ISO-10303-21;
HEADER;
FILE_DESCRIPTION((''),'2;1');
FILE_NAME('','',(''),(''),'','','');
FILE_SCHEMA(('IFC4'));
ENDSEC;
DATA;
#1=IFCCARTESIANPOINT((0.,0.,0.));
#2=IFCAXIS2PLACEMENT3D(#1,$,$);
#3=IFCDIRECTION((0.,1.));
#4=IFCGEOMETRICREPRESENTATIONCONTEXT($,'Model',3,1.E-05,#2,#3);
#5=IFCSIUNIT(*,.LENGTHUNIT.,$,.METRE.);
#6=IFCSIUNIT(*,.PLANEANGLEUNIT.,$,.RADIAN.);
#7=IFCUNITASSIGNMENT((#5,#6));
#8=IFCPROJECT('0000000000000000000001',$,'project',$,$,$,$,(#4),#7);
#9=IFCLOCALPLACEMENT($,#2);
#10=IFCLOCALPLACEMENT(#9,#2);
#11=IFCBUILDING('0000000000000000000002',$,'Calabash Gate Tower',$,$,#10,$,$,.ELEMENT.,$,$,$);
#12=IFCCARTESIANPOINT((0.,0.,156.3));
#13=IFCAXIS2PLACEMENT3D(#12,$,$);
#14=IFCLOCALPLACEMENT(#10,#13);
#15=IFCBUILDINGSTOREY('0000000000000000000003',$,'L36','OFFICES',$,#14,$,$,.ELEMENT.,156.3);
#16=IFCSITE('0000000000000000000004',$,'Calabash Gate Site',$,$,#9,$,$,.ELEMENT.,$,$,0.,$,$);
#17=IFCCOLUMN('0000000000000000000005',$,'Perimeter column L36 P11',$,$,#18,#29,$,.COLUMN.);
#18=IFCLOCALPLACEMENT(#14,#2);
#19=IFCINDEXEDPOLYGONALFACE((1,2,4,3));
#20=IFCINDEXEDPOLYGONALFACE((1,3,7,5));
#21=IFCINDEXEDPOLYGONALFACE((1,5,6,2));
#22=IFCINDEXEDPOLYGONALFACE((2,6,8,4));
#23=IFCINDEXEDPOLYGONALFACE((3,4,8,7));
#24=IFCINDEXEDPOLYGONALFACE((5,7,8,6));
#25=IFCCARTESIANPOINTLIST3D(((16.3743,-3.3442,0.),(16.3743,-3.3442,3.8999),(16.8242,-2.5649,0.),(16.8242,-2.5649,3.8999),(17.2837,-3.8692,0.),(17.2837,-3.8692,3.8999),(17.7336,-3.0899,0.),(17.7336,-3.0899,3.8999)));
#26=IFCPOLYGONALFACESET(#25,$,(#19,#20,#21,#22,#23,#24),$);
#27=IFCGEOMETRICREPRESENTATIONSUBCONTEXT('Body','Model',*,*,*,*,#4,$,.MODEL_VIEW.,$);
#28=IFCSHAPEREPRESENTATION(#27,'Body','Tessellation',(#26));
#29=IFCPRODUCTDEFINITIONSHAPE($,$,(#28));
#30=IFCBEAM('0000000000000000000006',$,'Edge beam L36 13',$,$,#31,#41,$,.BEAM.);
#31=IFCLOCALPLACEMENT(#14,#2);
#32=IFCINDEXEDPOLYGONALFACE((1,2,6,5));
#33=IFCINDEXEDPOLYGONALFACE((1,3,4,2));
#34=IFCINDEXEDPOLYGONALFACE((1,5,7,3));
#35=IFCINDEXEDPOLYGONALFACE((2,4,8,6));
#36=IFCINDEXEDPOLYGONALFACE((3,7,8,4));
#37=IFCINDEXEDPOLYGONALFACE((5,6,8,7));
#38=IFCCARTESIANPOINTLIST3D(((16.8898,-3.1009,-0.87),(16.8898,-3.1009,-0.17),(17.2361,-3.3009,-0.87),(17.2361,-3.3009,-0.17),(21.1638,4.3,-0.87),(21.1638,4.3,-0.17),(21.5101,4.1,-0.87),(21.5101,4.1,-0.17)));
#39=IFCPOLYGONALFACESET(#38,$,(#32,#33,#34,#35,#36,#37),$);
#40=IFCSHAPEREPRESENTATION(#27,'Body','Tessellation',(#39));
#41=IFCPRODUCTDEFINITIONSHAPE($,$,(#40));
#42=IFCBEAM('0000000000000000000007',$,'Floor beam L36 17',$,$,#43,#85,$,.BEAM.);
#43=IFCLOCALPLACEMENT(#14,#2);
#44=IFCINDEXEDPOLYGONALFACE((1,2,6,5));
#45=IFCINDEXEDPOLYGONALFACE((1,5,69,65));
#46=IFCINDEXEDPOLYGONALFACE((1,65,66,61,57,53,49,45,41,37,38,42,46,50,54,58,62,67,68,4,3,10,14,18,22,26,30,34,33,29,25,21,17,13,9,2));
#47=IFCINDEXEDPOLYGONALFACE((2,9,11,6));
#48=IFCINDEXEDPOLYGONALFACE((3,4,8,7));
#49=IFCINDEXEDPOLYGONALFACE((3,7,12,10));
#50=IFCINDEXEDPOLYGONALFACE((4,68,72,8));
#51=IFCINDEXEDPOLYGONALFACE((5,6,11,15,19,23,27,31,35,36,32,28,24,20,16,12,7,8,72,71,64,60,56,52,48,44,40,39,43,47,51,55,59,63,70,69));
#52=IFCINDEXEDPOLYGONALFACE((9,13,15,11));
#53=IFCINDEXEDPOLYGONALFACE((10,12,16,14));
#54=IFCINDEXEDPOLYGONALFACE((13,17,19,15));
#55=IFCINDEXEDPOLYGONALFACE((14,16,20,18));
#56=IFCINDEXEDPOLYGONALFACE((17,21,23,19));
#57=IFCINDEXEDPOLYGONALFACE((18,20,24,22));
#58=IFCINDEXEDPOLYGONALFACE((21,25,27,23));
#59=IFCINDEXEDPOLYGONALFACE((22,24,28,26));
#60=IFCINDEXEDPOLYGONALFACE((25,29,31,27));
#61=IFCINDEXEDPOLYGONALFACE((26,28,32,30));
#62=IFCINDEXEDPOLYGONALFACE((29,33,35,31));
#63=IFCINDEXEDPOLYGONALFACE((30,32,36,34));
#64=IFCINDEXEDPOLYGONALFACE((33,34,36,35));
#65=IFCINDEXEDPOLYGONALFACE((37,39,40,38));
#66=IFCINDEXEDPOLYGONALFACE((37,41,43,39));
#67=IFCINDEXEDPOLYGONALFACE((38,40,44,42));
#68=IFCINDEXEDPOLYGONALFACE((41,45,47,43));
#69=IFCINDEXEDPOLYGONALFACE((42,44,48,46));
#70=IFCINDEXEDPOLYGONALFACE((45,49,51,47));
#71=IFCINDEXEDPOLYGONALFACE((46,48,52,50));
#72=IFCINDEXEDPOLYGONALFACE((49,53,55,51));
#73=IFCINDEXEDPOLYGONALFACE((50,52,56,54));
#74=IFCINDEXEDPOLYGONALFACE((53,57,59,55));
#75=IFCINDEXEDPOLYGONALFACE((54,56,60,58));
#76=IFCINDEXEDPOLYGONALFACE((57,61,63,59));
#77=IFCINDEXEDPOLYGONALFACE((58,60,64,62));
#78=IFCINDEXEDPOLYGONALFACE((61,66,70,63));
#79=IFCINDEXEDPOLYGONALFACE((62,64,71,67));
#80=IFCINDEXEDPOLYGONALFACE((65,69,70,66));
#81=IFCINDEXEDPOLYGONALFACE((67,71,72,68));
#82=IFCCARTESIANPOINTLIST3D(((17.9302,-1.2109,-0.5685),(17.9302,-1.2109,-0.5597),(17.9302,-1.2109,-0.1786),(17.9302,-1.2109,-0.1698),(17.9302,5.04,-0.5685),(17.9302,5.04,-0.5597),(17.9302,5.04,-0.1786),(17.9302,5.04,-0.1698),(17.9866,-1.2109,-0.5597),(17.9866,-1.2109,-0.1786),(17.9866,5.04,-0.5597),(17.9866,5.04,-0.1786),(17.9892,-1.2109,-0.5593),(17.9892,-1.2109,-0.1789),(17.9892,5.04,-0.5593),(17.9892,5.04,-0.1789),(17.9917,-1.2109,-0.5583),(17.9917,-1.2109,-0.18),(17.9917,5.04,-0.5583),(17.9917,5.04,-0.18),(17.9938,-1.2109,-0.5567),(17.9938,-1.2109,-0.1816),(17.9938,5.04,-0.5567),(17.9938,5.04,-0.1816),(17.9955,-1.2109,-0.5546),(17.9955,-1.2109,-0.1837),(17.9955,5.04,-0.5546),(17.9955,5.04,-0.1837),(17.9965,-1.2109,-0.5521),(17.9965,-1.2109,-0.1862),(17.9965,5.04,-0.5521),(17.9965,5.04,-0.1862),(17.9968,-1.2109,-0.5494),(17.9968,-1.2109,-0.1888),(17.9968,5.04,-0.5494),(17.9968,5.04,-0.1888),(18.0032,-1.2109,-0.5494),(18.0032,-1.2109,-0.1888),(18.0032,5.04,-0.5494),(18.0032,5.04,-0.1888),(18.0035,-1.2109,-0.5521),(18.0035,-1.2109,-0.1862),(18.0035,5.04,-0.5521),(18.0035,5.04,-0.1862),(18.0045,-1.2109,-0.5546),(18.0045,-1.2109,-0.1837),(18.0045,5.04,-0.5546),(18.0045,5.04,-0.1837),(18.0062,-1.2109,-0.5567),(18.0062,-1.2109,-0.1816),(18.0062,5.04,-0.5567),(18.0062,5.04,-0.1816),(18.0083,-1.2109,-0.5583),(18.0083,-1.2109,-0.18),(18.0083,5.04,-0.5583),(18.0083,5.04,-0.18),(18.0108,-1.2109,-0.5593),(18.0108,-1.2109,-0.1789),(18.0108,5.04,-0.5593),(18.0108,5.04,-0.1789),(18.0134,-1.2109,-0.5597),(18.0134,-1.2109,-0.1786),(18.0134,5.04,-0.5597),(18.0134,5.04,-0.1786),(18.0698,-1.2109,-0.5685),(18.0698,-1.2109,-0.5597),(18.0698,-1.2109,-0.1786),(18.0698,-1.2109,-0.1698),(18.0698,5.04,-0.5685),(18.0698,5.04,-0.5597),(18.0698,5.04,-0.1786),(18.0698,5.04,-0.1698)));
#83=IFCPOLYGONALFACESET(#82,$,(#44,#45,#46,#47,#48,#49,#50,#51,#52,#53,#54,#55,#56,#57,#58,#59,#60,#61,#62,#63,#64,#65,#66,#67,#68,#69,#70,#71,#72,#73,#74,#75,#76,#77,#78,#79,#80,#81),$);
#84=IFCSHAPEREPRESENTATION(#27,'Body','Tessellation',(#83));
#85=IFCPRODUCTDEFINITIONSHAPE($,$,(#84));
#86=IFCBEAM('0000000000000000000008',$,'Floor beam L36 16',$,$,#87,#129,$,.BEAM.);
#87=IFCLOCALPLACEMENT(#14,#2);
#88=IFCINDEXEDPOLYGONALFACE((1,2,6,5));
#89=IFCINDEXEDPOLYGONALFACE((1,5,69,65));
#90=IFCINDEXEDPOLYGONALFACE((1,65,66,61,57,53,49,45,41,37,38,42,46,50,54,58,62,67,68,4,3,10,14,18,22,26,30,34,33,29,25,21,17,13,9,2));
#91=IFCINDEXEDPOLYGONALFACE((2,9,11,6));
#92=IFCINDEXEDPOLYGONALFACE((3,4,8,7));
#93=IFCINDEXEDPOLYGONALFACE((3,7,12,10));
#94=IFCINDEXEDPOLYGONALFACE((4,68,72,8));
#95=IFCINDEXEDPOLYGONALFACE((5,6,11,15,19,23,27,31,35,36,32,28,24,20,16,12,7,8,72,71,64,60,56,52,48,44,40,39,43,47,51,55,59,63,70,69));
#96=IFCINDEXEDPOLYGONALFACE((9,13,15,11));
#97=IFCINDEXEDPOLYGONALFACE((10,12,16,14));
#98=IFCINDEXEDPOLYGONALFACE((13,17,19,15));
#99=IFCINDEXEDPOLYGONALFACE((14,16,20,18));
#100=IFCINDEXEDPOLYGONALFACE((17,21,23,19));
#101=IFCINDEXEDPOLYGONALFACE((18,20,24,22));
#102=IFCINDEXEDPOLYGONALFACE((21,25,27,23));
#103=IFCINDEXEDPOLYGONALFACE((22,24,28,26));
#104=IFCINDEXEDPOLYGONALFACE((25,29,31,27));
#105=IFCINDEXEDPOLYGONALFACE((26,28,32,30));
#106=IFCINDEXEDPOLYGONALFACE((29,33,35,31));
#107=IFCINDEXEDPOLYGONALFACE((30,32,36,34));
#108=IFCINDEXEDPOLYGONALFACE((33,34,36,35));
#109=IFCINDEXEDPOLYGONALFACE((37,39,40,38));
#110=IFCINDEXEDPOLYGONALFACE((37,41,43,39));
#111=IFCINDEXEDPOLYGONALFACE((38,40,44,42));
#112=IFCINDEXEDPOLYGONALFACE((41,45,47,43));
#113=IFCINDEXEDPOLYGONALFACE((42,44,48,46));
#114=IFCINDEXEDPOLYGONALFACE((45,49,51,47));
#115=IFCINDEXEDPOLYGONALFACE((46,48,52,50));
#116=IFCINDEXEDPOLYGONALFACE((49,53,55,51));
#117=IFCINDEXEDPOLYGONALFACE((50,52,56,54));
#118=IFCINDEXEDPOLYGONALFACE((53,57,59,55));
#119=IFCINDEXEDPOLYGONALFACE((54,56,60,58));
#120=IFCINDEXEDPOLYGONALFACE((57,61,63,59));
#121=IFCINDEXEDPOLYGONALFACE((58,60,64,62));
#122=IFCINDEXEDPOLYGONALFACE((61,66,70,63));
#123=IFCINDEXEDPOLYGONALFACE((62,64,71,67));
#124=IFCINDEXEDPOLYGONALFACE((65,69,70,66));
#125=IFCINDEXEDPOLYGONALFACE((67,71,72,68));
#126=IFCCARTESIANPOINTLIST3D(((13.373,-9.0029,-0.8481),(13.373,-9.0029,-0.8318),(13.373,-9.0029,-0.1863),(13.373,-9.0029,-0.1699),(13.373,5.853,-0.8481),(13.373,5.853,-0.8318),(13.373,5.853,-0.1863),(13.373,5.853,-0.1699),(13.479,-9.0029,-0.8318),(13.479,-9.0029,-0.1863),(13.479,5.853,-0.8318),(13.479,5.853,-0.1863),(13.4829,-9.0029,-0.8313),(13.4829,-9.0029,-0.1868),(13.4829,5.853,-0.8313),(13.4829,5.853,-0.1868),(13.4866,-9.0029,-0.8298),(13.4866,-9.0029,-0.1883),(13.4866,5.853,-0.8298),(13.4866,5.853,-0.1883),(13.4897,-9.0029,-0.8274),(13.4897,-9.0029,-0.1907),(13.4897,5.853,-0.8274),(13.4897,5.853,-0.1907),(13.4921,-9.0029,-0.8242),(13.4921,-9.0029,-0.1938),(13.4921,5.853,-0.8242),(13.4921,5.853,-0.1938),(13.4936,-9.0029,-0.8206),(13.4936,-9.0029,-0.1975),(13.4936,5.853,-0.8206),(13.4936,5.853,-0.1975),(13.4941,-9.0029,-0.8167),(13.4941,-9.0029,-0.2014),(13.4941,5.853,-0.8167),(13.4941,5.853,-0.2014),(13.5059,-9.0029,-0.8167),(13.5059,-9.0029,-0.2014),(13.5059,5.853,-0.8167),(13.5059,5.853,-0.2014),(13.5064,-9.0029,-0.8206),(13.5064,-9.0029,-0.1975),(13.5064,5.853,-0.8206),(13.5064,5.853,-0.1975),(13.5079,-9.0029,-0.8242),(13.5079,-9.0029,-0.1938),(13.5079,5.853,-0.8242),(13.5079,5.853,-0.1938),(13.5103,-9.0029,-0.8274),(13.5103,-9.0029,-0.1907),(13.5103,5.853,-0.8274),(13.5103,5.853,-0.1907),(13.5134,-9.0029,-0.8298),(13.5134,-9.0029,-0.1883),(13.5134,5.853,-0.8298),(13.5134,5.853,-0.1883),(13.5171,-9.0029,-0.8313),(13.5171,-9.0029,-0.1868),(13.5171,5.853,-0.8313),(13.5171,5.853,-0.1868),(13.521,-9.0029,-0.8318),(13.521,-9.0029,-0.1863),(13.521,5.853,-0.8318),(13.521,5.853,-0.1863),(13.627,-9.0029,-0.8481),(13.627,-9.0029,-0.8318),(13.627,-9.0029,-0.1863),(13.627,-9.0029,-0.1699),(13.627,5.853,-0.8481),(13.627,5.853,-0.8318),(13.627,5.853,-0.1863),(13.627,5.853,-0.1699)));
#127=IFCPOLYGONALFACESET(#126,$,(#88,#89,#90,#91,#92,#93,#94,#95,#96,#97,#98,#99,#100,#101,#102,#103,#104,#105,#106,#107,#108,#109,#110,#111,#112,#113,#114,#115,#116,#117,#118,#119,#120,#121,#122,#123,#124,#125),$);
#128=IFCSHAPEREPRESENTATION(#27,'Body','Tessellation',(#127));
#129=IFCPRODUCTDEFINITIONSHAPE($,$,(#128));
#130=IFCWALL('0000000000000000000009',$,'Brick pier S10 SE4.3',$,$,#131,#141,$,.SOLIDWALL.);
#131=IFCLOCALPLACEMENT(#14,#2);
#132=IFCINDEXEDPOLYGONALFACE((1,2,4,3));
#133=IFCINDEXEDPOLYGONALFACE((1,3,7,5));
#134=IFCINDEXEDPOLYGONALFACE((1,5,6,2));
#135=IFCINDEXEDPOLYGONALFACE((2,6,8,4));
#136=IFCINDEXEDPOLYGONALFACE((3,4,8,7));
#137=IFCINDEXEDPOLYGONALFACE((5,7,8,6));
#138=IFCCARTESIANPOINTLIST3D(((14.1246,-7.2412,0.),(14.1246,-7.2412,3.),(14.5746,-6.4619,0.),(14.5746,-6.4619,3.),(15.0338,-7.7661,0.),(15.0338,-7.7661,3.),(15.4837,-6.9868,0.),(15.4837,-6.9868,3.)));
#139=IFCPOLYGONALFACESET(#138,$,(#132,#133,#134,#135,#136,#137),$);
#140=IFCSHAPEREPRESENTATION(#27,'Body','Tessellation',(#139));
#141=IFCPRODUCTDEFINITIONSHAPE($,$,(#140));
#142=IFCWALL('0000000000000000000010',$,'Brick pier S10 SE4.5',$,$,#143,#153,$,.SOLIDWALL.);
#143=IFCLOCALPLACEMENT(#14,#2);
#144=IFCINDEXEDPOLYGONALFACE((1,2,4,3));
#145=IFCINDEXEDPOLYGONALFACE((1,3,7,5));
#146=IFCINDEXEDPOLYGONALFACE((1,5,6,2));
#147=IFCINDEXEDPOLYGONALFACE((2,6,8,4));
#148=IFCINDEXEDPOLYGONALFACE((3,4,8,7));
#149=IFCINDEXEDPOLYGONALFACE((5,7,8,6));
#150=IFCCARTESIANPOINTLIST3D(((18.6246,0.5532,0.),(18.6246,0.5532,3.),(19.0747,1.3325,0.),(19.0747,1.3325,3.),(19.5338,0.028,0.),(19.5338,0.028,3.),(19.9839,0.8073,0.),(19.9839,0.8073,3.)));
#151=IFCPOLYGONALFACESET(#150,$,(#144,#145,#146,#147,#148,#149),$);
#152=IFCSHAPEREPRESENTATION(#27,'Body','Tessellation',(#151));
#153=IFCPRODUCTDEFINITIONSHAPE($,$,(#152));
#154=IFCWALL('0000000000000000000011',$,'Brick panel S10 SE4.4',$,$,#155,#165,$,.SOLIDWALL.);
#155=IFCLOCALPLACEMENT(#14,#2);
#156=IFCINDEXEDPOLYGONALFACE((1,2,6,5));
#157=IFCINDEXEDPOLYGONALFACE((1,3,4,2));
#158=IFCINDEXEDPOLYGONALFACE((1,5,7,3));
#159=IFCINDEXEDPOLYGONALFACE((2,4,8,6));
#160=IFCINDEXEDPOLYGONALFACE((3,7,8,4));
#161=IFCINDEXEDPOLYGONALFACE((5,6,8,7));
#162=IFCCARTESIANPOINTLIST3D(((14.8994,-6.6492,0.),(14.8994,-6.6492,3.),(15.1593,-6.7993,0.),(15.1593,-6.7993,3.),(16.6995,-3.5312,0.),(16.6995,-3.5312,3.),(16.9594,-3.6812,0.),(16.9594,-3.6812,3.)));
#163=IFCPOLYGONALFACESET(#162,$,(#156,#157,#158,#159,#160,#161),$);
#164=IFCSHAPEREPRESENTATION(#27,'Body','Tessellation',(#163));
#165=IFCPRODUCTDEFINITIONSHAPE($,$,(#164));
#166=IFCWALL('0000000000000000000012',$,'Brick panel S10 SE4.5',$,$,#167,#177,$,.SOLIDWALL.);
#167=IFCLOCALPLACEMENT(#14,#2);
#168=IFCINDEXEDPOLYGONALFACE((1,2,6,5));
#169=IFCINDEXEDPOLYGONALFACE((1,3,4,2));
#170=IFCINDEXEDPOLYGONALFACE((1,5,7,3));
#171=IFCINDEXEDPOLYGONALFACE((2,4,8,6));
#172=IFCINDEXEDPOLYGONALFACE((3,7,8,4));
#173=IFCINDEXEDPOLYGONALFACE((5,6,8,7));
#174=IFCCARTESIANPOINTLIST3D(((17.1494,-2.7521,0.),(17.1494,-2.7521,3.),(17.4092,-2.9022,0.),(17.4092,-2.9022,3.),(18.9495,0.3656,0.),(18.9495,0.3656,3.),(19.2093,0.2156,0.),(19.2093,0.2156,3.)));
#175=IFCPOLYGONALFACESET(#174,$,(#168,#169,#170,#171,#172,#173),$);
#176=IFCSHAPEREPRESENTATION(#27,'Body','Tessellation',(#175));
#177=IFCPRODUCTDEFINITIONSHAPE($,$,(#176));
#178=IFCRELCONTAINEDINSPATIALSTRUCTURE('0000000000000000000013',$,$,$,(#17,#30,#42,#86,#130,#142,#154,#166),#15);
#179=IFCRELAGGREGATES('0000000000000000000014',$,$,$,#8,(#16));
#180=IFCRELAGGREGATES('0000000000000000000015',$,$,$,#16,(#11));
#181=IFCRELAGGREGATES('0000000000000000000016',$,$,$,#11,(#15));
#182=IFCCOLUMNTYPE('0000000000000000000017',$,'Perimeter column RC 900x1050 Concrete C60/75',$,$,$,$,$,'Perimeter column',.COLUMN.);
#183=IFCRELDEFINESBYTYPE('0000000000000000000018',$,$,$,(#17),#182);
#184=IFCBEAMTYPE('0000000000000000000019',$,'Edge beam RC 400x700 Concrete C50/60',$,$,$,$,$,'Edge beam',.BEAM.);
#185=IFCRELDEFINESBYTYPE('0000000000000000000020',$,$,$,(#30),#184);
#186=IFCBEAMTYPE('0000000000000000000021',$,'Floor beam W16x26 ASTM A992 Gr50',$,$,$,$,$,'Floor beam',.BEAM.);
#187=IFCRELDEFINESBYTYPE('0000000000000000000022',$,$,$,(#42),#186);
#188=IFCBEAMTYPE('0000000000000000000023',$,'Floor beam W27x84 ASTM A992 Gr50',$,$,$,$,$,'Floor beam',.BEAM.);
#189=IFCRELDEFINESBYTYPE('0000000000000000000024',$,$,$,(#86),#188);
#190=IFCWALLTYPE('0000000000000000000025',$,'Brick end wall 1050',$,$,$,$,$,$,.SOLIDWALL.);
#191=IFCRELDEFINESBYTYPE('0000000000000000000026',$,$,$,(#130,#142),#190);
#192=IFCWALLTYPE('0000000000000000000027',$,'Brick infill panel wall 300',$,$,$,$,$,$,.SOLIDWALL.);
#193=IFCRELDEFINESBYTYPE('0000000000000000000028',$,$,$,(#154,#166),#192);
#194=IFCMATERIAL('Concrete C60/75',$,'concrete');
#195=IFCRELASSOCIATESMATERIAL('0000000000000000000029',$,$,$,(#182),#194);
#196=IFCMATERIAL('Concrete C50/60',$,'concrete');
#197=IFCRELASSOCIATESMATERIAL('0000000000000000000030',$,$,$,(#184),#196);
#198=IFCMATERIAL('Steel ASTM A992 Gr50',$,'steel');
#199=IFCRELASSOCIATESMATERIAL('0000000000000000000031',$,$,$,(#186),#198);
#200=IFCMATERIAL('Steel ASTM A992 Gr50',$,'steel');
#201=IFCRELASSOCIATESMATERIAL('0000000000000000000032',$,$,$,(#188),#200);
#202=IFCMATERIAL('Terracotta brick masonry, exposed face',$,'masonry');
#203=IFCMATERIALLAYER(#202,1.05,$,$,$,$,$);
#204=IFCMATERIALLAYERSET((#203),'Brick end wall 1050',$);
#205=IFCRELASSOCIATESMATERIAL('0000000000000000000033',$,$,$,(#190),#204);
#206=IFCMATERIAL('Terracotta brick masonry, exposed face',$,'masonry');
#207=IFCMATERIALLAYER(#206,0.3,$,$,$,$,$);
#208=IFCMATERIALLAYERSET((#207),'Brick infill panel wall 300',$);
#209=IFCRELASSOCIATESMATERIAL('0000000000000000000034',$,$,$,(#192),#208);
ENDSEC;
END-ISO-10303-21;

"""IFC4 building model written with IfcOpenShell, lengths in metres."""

from ifc_helpers import new_model, si_unit, direction, frame, frame_2d, origin, origin_2d, place, context, subcontext, project, spatial, rectangle, i_section, extrude, material, layer, layer_set, material_profile, profile_set, type_object, element, save


model = new_model("IFC4")

# Units and contexts
model_context = context("Model", 3, precision=1e-05, world=origin(), true_north=direction((0.0, 1.0)))
body_context = subcontext(model_context, "Body", "Model", "MODEL_VIEW")
ifc_project = project(units=[si_unit("LENGTHUNIT", "METRE"), si_unit("PLANEANGLEUNIT", "RADIAN")], contexts=[model_context])

# Site, building, storey
site_placement = place(None, origin())
site = spatial("IfcSite", under=ifc_project, at=site_placement, Name="Calabash Gate Site", CompositionType="ELEMENT", RefElevation=0.0)
building_placement = place(site_placement, origin())
building = spatial("IfcBuilding", under=site, at=building_placement, Name="Calabash Gate Tower", CompositionType="ELEMENT")
storey_placement = place(building_placement, frame((0.0, 0.0, 156.3)))
storey = spatial("IfcBuildingStorey", under=building, at=storey_placement, Name="L36", Description="OFFICES", CompositionType="ELEMENT", Elevation=156.3)

# Column
ifc_material_1 = material(Name="Concrete C60/75", Category="concrete")
ifc_material_profile_1 = material_profile(ifc_material_1, rectangle(XDim=0.8999, YDim=1.05, at=origin_2d()))
ifc_profile_set_1 = profile_set([ifc_material_profile_1], Name="Concrete C60/75")
column_type = type_object("IfcColumnType", Name="Perimeter column RC 900x1050 Concrete C60/75", ElementType="Perimeter column", PredefinedType="COLUMN", material=ifc_profile_set_1)
column_placement = place(storey_placement, frame((17.054, -3.217, 0.0), z_axis=(0.0, 0.0, 1.0), x_axis=(0.5, 0.866025, 0.0)))
element("IfcColumn", 1, at=column_placement, inside=storey, type_object=column_type, Name="Perimeter column L36 P11", PredefinedType="COLUMN", context=body_context, shape_type="SweptSolid", body=[
    extrude(rectangle(XDim=0.8999, YDim=1.05, at=origin_2d()), origin(), (0.0, 0.0, 1.0), 3.8999),
])

# Beams
ifc_material_2 = material(Name="Concrete C50/60", Category="concrete")
ifc_material_profile_2 = material_profile(ifc_material_2, rectangle(XDim=0.3999, YDim=0.7, at=origin_2d()))
ifc_profile_set_2 = profile_set([ifc_material_profile_2], Name="Concrete C50/60")
beam_type_1 = type_object("IfcBeamType", Name="Edge beam RC 400x700 Concrete C50/60", ElementType="Edge beam", PredefinedType="BEAM", material=ifc_profile_set_2)
beam_1_placement = place(storey_placement, frame((17.063, -3.2009, -0.52), z_axis=(0.50009, 0.865973, 0.0), x_axis=(-0.865973, 0.50009, 0.0)))
element("IfcBeam", 2, at=beam_1_placement, inside=storey, type_object=beam_type_1, Name="Edge beam L36 13", PredefinedType="BEAM", context=body_context, shape_type="SweptSolid", body=[
    extrude(rectangle(XDim=0.3999, YDim=0.7, at=origin_2d()), origin(), (0.0, 0.0, 1.0), 8.5464),
])
ifc_material_3 = material(Name="Steel ASTM A992 Gr50", Category="steel")
ifc_material_profile_3 = material_profile(ifc_material_3, i_section(OverallWidth=0.1396, OverallDepth=0.3987, WebThickness=0.0063, FlangeThickness=0.0088, FilletRadius=0.0103, at=origin_2d()))
ifc_profile_set_3 = profile_set([ifc_material_profile_3], Name="Steel ASTM A992 Gr50")
beam_type_2 = type_object("IfcBeamType", Name="Floor beam W16x26 ASTM A992 Gr50", ElementType="Floor beam", PredefinedType="BEAM", material=ifc_profile_set_3)
beam_2_placement = place(storey_placement, frame((18.0, -1.2109, -0.3691), z_axis=(0.0, 1.0, 0.0), x_axis=(-1.0, 0.0, 0.0)))
element("IfcBeam", 3, at=beam_2_placement, inside=storey, type_object=beam_type_2, Name="Floor beam L36 17", PredefinedType="BEAM", context=body_context, shape_type="SweptSolid", body=[
    extrude(i_section(OverallWidth=0.1396, OverallDepth=0.3987, WebThickness=0.0063, FlangeThickness=0.0088, FilletRadius=0.0103, at=origin_2d()), origin(), (0.0, 0.0, 1.0), 6.251),
])
ifc_material_4 = material(Name="Steel ASTM A992 Gr50", Category="steel")
ifc_material_profile_4 = material_profile(ifc_material_4, i_section(OverallWidth=0.2539, OverallDepth=0.6782, WebThickness=0.0117, FlangeThickness=0.0164, FilletRadius=0.0151, at=origin_2d()))
ifc_profile_set_4 = profile_set([ifc_material_profile_4], Name="Steel ASTM A992 Gr50")
beam_type_3 = type_object("IfcBeamType", Name="Floor beam W27x84 ASTM A992 Gr50", ElementType="Floor beam", PredefinedType="BEAM", material=ifc_profile_set_4)
beam_3_placement = place(storey_placement, frame((13.5, -9.0029, -0.509), z_axis=(0.0, 1.0, 0.0), x_axis=(-1.0, 0.0, 0.0)))
element("IfcBeam", 4, at=beam_3_placement, inside=storey, type_object=beam_type_3, Name="Floor beam L36 16", PredefinedType="BEAM", context=body_context, shape_type="SweptSolid", body=[
    extrude(i_section(OverallWidth=0.2539, OverallDepth=0.6782, WebThickness=0.0117, FlangeThickness=0.0164, FilletRadius=0.0151, at=origin_2d()), origin(), (0.0, 0.0, 1.0), 14.856),
])

# Walls
ifc_material_5 = material(Name="Terracotta brick masonry, exposed face", Category="masonry")
ifc_layer_1 = layer(ifc_material_5, 1.05)
ifc_layer_set_1 = layer_set([ifc_layer_1], Name="Brick end wall 1050")
wall_type_1 = type_object("IfcWallType", Name="Brick end wall 1050", PredefinedType="SOLIDWALL", material=ifc_layer_set_1)
wall_1_placement = place(storey_placement, frame((14.3496, -6.8516, 0.0), z_axis=(0.0, 0.0, 1.0), x_axis=(0.866031, -0.499991, 0.0)))
element("IfcWall", 5, at=wall_1_placement, inside=storey, type_object=wall_type_1, Name="Brick pier S10 SE4.3", PredefinedType="SOLIDWALL", context=body_context, shape_type="SweptSolid", body=[
    extrude(rectangle(XDim=1.0498, YDim=0.8999, at=frame_2d((0.5249, 0.0))), origin(), (0.0, 0.0, 1.0), 3.0),
])
wall_2_placement = place(storey_placement, frame((19.7588, 0.4177, 0.0), z_axis=(0.0, 0.0, 1.0), x_axis=(-0.86593, 0.500165, 0.0)))
element("IfcWall", 6, at=wall_2_placement, inside=storey, type_object=wall_type_1, Name="Brick pier S10 SE4.5", PredefinedType="SOLIDWALL", context=body_context, shape_type="SweptSolid", body=[
    extrude(rectangle(XDim=1.05, YDim=0.8999, at=frame_2d((0.5249, 0.0))), origin(), (0.0, 0.0, 1.0), 3.0),
])
ifc_material_6 = material(Name="Terracotta brick masonry, exposed face", Category="masonry")
ifc_layer_2 = layer(ifc_material_6, 0.3)
ifc_layer_set_2 = layer_set([ifc_layer_2], Name="Brick infill panel wall 300")
wall_type_2 = type_object("IfcWallType", Name="Brick infill panel wall 300", PredefinedType="SOLIDWALL", material=ifc_layer_set_2)
wall_3_placement = place(storey_placement, frame((15.0293, -6.7244, 0.0), z_axis=(0.0, 0.0, 1.0), x_axis=(0.499983, 0.866035, 0.0)))
element("IfcWall", 7, at=wall_3_placement, inside=storey, type_object=wall_type_2, Name="Brick panel S10 SE4.4", PredefinedType="SOLIDWALL", context=body_context, shape_type="SweptSolid", body=[
    extrude(rectangle(XDim=3.6003, YDim=0.3, at=frame_2d((1.8003, 0.0))), origin(), (0.0, 0.0, 1.0), 3.0),
])
wall_4_placement = place(storey_placement, frame((17.2793, -2.8271, 0.0), z_axis=(0.0, 0.0, 1.0), x_axis=(0.500012, 0.866018, 0.0)))
element("IfcWall", 8, at=wall_4_placement, inside=storey, type_object=wall_type_2, Name="Brick panel S10 SE4.5", PredefinedType="SOLIDWALL", context=body_context, shape_type="SweptSolid", body=[
    extrude(rectangle(XDim=3.6001, YDim=0.3, at=frame_2d((1.8, 0.0))), origin(), (0.0, 0.0, 1.0), 3.0),
])

save(model, "model.ifc")
